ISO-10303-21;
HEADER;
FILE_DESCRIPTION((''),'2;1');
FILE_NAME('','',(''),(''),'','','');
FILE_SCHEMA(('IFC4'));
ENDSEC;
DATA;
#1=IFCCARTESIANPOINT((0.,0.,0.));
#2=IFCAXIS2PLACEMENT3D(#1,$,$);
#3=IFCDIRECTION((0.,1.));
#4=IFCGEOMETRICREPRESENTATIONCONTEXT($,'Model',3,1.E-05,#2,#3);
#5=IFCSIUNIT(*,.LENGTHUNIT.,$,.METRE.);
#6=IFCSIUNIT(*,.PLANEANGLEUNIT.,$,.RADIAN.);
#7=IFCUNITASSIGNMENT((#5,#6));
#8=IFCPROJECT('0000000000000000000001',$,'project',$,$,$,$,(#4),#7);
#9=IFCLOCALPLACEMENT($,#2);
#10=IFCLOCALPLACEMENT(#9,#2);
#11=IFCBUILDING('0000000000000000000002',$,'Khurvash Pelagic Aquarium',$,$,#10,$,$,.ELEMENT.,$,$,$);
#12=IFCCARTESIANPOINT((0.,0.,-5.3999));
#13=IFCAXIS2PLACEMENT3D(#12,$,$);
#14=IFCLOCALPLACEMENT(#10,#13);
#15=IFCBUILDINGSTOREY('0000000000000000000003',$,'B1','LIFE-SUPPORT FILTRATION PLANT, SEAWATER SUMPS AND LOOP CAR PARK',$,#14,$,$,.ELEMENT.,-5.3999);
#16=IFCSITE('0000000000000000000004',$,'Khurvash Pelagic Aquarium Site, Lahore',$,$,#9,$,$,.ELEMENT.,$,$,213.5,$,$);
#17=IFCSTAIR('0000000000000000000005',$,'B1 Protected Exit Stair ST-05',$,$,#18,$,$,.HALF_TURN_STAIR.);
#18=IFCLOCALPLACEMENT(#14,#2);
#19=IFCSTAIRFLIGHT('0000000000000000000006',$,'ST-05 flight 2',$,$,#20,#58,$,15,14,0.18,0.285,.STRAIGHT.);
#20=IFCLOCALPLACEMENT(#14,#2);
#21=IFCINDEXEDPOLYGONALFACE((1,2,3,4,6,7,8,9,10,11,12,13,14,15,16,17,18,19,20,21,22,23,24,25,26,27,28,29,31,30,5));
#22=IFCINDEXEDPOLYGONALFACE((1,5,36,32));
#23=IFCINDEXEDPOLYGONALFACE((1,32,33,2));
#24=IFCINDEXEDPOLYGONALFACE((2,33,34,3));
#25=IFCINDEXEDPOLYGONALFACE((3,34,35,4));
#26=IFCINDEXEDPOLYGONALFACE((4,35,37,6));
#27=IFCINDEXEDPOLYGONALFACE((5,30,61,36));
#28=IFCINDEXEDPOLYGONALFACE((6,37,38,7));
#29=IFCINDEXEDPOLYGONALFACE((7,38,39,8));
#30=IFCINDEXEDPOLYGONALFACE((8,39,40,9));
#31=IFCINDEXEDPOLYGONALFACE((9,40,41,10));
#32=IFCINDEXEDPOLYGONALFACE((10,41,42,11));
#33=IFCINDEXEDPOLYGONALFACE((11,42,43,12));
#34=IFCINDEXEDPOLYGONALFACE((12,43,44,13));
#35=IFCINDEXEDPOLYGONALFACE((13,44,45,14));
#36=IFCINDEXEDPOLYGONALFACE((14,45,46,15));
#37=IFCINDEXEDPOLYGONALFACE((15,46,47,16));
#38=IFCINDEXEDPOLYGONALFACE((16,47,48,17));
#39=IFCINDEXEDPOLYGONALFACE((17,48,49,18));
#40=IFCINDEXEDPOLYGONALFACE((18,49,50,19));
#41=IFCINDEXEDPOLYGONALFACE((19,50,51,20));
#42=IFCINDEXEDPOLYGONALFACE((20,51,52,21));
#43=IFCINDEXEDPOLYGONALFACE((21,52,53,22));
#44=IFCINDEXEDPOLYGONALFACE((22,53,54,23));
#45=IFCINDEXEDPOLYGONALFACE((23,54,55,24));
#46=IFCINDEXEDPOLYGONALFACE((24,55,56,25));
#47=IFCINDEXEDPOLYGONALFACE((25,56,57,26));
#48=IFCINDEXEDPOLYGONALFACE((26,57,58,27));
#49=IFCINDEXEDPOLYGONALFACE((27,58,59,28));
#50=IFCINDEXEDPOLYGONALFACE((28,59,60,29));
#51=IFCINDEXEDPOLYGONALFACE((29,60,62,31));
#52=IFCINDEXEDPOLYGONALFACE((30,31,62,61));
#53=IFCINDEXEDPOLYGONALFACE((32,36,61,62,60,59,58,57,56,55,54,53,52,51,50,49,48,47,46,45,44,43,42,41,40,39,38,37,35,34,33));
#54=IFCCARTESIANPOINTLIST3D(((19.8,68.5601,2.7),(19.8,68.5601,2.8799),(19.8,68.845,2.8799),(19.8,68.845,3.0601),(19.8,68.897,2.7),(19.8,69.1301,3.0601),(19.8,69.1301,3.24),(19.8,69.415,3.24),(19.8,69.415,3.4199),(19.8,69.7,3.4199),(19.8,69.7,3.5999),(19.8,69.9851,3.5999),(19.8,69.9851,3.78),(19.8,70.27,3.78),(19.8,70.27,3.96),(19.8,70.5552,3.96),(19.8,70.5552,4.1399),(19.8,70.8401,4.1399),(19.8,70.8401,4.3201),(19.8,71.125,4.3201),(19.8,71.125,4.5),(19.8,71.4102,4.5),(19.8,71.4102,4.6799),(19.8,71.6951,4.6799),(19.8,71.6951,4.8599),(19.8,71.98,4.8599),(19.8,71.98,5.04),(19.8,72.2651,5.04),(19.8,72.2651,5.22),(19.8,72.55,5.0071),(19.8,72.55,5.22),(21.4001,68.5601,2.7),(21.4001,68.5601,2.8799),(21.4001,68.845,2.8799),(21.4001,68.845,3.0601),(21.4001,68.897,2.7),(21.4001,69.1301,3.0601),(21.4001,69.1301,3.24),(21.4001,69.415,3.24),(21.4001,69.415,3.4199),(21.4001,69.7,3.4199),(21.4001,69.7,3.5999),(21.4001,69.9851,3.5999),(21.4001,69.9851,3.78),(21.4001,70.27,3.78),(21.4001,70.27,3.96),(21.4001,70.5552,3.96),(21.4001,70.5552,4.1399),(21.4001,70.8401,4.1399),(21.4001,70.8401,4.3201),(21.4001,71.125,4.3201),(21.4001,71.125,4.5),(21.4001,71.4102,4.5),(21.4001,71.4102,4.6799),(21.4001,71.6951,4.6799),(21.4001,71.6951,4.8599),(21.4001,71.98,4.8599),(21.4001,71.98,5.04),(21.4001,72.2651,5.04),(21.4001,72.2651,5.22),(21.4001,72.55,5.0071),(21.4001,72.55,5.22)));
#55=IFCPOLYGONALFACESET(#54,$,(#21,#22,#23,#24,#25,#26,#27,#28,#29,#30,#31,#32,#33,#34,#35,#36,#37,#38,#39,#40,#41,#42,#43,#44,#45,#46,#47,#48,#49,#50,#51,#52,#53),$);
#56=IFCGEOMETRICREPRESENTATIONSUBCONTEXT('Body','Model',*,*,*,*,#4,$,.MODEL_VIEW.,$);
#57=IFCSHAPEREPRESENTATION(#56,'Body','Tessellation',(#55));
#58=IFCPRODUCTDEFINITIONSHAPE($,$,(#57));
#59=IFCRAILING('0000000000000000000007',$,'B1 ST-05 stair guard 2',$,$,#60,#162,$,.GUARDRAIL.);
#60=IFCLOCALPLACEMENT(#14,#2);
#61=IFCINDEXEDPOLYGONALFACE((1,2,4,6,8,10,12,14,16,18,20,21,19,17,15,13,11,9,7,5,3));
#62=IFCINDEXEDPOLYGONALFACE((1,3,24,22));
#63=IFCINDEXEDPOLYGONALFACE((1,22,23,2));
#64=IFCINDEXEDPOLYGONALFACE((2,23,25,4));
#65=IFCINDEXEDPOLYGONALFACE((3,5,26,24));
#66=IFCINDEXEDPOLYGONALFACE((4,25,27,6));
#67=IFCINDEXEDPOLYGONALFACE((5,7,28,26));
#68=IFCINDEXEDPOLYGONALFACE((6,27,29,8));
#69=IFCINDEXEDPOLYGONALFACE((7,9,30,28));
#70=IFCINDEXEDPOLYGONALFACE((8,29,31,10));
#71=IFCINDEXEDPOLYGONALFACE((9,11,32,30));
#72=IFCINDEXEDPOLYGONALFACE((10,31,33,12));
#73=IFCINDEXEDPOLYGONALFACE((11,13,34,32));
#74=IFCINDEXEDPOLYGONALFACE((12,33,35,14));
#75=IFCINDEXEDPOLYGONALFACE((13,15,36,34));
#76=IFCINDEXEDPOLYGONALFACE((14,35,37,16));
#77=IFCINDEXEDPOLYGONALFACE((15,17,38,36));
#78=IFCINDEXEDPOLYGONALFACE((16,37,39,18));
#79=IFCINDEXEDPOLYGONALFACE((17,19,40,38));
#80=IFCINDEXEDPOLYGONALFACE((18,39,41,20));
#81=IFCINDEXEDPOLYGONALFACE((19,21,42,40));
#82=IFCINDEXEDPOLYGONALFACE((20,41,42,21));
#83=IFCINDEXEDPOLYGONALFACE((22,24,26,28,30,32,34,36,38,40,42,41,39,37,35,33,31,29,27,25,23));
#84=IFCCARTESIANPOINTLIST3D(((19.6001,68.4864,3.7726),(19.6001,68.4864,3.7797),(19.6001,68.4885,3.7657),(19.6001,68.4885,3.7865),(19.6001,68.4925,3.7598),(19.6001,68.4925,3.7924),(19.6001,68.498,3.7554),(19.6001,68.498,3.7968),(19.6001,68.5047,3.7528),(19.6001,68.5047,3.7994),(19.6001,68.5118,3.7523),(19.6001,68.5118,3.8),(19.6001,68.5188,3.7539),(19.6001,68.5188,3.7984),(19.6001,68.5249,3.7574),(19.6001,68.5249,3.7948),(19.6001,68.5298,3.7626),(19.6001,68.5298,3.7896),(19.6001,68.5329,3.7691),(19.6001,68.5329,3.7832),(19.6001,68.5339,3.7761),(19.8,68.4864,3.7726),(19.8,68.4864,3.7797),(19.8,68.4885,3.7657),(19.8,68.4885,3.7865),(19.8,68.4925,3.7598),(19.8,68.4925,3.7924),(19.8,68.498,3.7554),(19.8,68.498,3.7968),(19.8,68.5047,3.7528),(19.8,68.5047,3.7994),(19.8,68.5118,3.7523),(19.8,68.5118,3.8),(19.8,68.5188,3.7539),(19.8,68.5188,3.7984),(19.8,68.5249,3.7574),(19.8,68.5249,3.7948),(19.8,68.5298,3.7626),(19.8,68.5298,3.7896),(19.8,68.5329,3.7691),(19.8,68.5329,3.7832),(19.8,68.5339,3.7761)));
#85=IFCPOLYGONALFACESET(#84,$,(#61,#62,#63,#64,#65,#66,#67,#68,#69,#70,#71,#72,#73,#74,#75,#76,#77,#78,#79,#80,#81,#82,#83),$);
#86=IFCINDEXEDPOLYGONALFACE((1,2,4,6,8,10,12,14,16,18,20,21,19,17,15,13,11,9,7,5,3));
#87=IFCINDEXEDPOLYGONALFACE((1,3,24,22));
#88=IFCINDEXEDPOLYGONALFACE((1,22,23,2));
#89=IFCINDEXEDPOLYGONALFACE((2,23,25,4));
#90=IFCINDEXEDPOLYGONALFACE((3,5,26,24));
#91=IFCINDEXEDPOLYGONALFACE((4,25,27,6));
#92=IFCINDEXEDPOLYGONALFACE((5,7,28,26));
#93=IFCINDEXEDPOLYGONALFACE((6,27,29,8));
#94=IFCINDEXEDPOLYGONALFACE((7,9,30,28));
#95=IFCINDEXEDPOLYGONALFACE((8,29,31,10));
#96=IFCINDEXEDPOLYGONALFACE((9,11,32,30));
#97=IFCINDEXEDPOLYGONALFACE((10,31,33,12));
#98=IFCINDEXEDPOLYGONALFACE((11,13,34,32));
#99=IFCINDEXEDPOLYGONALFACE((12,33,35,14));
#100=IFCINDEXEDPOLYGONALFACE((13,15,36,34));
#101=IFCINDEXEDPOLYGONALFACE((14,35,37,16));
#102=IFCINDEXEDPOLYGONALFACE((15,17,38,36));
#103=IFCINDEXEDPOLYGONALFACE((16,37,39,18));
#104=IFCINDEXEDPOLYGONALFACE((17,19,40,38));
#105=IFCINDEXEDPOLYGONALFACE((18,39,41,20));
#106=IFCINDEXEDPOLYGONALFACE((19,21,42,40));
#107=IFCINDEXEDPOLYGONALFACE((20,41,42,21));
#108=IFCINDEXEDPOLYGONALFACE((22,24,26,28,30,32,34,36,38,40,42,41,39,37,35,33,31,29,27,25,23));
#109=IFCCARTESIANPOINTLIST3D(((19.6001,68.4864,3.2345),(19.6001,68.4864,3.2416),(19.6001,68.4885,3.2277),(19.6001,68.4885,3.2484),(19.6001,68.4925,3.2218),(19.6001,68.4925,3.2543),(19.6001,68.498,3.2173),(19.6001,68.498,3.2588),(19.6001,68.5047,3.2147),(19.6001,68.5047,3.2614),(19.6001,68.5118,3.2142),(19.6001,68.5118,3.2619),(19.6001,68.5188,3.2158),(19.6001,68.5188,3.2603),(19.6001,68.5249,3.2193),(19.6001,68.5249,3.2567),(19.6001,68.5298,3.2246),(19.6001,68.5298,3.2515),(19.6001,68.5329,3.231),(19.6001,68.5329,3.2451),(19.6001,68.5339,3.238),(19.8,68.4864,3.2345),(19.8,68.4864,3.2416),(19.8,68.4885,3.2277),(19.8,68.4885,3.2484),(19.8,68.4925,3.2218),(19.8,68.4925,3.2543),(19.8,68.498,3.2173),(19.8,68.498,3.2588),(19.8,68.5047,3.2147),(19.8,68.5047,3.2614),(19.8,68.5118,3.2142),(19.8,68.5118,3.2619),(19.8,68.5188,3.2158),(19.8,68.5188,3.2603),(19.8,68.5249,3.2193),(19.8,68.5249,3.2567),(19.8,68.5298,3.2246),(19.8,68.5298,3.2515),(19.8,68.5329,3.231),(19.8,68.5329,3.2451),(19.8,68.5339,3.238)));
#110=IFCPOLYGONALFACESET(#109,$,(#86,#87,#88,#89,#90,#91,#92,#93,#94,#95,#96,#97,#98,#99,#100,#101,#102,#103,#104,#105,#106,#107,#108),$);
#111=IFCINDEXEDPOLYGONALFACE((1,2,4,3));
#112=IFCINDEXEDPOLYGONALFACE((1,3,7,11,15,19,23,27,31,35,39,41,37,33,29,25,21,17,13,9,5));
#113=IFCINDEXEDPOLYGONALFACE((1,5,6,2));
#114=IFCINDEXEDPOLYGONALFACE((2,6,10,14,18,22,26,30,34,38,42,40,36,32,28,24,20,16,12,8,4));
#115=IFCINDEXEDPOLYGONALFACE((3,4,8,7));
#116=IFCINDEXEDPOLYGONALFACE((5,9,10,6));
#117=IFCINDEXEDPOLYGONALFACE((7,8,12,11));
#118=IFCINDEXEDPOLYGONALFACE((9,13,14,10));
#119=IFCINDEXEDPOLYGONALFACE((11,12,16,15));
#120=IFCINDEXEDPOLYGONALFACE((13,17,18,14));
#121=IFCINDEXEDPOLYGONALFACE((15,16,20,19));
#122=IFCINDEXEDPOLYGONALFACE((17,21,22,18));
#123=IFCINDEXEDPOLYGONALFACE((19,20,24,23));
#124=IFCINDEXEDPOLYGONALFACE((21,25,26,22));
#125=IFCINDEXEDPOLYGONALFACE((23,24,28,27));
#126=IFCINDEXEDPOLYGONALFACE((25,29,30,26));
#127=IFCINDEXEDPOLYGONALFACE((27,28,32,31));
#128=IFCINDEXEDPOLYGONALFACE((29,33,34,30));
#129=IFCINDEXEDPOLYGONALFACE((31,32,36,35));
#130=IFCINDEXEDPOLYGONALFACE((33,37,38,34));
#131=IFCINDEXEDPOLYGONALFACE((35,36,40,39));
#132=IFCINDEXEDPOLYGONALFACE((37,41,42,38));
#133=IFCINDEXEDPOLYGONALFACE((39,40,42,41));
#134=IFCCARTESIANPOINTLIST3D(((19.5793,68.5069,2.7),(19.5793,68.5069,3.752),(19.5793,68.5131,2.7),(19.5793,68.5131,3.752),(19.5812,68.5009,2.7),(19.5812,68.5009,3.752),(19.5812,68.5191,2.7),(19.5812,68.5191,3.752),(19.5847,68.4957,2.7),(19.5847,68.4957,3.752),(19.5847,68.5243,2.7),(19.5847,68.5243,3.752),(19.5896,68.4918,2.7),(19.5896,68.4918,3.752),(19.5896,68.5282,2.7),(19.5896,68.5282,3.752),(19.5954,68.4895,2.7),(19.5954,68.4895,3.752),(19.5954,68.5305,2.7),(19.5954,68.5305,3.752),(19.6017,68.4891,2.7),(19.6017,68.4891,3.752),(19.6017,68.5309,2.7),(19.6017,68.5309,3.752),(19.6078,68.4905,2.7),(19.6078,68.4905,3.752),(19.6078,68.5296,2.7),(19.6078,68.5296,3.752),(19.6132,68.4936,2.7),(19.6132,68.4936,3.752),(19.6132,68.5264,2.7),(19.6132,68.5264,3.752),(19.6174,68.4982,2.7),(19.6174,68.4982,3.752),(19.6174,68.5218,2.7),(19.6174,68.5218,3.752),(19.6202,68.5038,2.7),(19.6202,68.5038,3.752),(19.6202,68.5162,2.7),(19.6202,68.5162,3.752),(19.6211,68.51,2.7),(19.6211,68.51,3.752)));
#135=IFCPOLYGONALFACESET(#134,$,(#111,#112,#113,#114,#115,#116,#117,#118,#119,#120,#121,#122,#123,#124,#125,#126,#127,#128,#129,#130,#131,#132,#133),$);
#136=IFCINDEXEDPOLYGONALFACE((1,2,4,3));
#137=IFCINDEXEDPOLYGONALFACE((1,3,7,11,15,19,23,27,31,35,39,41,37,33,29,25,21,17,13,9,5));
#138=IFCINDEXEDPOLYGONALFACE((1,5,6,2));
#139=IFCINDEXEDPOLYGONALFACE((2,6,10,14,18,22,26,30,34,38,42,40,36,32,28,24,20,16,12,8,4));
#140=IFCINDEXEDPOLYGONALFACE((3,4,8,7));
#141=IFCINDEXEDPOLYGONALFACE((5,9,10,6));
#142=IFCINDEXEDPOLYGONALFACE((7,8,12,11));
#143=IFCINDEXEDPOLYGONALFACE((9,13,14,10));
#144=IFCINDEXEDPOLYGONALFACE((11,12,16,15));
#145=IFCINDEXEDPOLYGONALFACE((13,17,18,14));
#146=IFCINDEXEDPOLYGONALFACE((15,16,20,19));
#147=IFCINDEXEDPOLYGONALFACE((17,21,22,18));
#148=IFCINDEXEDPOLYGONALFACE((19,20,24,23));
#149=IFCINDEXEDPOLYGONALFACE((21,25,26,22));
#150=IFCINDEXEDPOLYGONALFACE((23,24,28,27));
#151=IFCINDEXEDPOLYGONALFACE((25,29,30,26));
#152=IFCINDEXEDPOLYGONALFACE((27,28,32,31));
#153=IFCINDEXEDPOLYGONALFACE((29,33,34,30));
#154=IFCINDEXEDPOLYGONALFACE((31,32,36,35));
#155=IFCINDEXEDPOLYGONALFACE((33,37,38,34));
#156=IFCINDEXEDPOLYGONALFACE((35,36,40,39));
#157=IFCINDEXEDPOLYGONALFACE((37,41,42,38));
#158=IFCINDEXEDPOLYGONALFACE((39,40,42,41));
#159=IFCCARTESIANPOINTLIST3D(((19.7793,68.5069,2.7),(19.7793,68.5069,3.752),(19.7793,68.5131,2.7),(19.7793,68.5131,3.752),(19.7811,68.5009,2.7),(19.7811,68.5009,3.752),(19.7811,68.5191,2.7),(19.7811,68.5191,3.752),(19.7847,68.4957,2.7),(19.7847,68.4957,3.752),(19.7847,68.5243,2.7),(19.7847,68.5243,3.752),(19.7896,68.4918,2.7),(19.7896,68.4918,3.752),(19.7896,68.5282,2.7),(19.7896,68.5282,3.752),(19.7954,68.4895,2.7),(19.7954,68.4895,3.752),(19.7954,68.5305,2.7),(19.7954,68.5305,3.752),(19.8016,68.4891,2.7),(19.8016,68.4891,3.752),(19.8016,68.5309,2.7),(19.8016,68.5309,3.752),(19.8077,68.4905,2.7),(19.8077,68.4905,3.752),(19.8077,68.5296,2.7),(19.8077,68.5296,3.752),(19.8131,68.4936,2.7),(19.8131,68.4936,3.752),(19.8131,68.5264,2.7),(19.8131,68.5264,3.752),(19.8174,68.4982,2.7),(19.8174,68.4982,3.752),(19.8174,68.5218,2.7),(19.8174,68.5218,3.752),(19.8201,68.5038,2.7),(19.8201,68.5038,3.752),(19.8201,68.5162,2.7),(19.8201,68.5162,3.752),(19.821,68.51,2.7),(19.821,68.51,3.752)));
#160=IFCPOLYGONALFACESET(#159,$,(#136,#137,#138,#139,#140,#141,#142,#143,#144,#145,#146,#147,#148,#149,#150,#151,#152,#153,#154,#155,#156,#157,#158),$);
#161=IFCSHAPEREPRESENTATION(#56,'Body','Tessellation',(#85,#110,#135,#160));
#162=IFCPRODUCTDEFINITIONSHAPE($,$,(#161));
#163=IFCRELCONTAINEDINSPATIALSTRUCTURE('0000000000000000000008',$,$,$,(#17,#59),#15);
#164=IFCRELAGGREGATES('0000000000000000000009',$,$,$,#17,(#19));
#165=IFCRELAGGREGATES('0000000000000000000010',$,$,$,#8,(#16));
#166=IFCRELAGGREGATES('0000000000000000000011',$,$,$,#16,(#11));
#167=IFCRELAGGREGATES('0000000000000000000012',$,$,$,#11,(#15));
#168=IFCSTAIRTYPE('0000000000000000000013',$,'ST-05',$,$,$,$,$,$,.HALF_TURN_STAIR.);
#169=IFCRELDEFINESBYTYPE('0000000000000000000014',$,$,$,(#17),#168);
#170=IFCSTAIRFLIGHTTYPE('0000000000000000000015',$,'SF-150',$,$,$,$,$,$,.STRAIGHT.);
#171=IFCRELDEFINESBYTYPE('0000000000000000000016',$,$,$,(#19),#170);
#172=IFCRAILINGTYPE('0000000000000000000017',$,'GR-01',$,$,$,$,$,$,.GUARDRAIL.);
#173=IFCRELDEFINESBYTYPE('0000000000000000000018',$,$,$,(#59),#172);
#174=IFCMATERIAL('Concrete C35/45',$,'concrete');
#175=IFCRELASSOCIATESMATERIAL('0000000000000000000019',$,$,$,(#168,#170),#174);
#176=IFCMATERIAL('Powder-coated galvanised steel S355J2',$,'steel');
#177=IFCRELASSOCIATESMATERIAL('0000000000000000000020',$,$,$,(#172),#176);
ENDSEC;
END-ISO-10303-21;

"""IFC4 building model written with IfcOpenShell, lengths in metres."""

from ifc_helpers import new_model, si_unit, direction, frame, origin, origin_2d, place, context, subcontext, project, spatial, polyline, circle, outline, extrude, material, type_object, element, aggregate, save


model = new_model("IFC4")

# Units and contexts
model_context = context("Model", 3, precision=1e-05, world=origin(), true_north=direction((0.0, 1.0)))
body_context = subcontext(model_context, "Body", "Model", "MODEL_VIEW")
ifc_project = project(units=[si_unit("LENGTHUNIT", "METRE"), si_unit("PLANEANGLEUNIT", "RADIAN")], contexts=[model_context])

# Site, building, storey
site_placement = place(None, origin())
site = spatial("IfcSite", under=ifc_project, at=site_placement, Name="Khurvash Pelagic Aquarium Site, Lahore", CompositionType="ELEMENT", RefElevation=213.5)
building_placement = place(site_placement, origin())
building = spatial("IfcBuilding", under=site, at=building_placement, Name="Khurvash Pelagic Aquarium", CompositionType="ELEMENT")
storey_placement = place(building_placement, frame((0.0, 0.0, -5.3999)))
storey = spatial("IfcBuildingStorey", under=building, at=storey_placement, Name="B1", Description="LIFE-SUPPORT FILTRATION PLANT, SEAWATER SUMPS AND LOOP CAR PARK", CompositionType="ELEMENT", Elevation=-5.3999)

# Shared definitions
ifc_material_1 = material(Name="Concrete C35/45", Category="concrete")

# Stair, stair flight
stair_type = type_object("IfcStairType", Name="ST-05", PredefinedType="HALF_TURN_STAIR", material=ifc_material_1)
stair_placement = place(storey_placement, origin())
stair = element("IfcStair", 1, at=stair_placement, inside=storey, type_object=stair_type, Name="B1 Protected Exit Stair ST-05", PredefinedType="HALF_TURN_STAIR")
stair_flight_type = type_object("IfcStairFlightType", Name="SF-150", PredefinedType="STRAIGHT", material=ifc_material_1)
stair_flight_1_placement = place(storey_placement, frame((20.6001, 68.5601, 2.7), z_axis=(0.0, 0.0, 1.0), x_axis=(0.0, 1.0, 0.0)))
stair_flight_1 = element("IfcStairFlight", 2, at=stair_flight_1_placement, type_object=stair_flight_type, Name="ST-05 flight 2", NumberOfRisers=15, NumberOfTreads=14, PredefinedType="STRAIGHT", RiserHeight=0.18, TreadLength=0.285, context=body_context, shape_type="SweptSolid", body=[
    extrude(outline(polyline([(0.0, 0.0), (0.0, 0.1799), (0.2849, 0.1799), (0.2849, 0.3601), (0.5701, 0.3601), (0.5701, 0.54), (0.855, 0.54), (0.855, 0.72), (1.1399, 0.72), (1.1399, 0.8999), (1.425, 0.8999), (1.425, 1.0801), (1.71, 1.0801), (1.71, 1.26), (1.9951, 1.26), (1.9951, 1.4399), (2.28, 1.4399), (2.28, 1.6201), (2.5649, 1.6201), (2.5649, 1.8), (2.8501, 1.8), (2.8501, 1.98), (3.135, 1.98), (3.135, 2.1599), (3.4199, 2.1599), (3.4199, 2.3401), (3.7051, 2.3401), (3.7051, 2.52), (3.99, 2.52), (3.99, 2.7), (3.99, 2.3071), (0.3369, 0.0), (0.0, 0.0)])), frame((0.0, 0.8, 0.0), z_axis=(0.0, -1.0, 0.0), x_axis=(1.0, 0.0, 0.0)), (0.0, 0.0, 1.0), 1.6001),
])
aggregate(stair, [stair_flight_1])

# Railing
ifc_material_2 = material(Name="Powder-coated galvanised steel S355J2", Category="steel")
railing_type_1 = type_object("IfcRailingType", Name="GR-01", PredefinedType="GUARDRAIL", material=ifc_material_2)
railing_1_placement = place(storey_placement, frame((19.6001, 68.51, 2.7)))
element("IfcRailing", 3, at=railing_1_placement, inside=storey, type_object=railing_type_1, Name="B1 ST-05 stair guard 2", PredefinedType="GUARDRAIL", context=body_context, shape_type="SweptSolid", body=[
    extrude(circle(Radius=0.0239, at=origin_2d()), frame((0.0, 0.0, 1.0762), z_axis=(1.0, 0.0, 0.0), x_axis=(0.0, 1.0, 0.0)), (0.0, 0.0, 1.0), 0.2),
    extrude(circle(Radius=0.0239, at=origin_2d()), frame((0.0, 0.0, 0.5381), z_axis=(1.0, 0.0, 0.0), x_axis=(0.0, 1.0, 0.0)), (0.0, 0.0, 1.0), 0.2),
    extrude(circle(Radius=0.021, at=origin_2d()), origin(), (0.0, 0.0, 1.0), 1.052),
    extrude(circle(Radius=0.021, at=origin_2d()), frame((0.2, 0.0, 0.0)), (0.0, 0.0, 1.0), 1.052),
])

save(model, "model.ifc")
